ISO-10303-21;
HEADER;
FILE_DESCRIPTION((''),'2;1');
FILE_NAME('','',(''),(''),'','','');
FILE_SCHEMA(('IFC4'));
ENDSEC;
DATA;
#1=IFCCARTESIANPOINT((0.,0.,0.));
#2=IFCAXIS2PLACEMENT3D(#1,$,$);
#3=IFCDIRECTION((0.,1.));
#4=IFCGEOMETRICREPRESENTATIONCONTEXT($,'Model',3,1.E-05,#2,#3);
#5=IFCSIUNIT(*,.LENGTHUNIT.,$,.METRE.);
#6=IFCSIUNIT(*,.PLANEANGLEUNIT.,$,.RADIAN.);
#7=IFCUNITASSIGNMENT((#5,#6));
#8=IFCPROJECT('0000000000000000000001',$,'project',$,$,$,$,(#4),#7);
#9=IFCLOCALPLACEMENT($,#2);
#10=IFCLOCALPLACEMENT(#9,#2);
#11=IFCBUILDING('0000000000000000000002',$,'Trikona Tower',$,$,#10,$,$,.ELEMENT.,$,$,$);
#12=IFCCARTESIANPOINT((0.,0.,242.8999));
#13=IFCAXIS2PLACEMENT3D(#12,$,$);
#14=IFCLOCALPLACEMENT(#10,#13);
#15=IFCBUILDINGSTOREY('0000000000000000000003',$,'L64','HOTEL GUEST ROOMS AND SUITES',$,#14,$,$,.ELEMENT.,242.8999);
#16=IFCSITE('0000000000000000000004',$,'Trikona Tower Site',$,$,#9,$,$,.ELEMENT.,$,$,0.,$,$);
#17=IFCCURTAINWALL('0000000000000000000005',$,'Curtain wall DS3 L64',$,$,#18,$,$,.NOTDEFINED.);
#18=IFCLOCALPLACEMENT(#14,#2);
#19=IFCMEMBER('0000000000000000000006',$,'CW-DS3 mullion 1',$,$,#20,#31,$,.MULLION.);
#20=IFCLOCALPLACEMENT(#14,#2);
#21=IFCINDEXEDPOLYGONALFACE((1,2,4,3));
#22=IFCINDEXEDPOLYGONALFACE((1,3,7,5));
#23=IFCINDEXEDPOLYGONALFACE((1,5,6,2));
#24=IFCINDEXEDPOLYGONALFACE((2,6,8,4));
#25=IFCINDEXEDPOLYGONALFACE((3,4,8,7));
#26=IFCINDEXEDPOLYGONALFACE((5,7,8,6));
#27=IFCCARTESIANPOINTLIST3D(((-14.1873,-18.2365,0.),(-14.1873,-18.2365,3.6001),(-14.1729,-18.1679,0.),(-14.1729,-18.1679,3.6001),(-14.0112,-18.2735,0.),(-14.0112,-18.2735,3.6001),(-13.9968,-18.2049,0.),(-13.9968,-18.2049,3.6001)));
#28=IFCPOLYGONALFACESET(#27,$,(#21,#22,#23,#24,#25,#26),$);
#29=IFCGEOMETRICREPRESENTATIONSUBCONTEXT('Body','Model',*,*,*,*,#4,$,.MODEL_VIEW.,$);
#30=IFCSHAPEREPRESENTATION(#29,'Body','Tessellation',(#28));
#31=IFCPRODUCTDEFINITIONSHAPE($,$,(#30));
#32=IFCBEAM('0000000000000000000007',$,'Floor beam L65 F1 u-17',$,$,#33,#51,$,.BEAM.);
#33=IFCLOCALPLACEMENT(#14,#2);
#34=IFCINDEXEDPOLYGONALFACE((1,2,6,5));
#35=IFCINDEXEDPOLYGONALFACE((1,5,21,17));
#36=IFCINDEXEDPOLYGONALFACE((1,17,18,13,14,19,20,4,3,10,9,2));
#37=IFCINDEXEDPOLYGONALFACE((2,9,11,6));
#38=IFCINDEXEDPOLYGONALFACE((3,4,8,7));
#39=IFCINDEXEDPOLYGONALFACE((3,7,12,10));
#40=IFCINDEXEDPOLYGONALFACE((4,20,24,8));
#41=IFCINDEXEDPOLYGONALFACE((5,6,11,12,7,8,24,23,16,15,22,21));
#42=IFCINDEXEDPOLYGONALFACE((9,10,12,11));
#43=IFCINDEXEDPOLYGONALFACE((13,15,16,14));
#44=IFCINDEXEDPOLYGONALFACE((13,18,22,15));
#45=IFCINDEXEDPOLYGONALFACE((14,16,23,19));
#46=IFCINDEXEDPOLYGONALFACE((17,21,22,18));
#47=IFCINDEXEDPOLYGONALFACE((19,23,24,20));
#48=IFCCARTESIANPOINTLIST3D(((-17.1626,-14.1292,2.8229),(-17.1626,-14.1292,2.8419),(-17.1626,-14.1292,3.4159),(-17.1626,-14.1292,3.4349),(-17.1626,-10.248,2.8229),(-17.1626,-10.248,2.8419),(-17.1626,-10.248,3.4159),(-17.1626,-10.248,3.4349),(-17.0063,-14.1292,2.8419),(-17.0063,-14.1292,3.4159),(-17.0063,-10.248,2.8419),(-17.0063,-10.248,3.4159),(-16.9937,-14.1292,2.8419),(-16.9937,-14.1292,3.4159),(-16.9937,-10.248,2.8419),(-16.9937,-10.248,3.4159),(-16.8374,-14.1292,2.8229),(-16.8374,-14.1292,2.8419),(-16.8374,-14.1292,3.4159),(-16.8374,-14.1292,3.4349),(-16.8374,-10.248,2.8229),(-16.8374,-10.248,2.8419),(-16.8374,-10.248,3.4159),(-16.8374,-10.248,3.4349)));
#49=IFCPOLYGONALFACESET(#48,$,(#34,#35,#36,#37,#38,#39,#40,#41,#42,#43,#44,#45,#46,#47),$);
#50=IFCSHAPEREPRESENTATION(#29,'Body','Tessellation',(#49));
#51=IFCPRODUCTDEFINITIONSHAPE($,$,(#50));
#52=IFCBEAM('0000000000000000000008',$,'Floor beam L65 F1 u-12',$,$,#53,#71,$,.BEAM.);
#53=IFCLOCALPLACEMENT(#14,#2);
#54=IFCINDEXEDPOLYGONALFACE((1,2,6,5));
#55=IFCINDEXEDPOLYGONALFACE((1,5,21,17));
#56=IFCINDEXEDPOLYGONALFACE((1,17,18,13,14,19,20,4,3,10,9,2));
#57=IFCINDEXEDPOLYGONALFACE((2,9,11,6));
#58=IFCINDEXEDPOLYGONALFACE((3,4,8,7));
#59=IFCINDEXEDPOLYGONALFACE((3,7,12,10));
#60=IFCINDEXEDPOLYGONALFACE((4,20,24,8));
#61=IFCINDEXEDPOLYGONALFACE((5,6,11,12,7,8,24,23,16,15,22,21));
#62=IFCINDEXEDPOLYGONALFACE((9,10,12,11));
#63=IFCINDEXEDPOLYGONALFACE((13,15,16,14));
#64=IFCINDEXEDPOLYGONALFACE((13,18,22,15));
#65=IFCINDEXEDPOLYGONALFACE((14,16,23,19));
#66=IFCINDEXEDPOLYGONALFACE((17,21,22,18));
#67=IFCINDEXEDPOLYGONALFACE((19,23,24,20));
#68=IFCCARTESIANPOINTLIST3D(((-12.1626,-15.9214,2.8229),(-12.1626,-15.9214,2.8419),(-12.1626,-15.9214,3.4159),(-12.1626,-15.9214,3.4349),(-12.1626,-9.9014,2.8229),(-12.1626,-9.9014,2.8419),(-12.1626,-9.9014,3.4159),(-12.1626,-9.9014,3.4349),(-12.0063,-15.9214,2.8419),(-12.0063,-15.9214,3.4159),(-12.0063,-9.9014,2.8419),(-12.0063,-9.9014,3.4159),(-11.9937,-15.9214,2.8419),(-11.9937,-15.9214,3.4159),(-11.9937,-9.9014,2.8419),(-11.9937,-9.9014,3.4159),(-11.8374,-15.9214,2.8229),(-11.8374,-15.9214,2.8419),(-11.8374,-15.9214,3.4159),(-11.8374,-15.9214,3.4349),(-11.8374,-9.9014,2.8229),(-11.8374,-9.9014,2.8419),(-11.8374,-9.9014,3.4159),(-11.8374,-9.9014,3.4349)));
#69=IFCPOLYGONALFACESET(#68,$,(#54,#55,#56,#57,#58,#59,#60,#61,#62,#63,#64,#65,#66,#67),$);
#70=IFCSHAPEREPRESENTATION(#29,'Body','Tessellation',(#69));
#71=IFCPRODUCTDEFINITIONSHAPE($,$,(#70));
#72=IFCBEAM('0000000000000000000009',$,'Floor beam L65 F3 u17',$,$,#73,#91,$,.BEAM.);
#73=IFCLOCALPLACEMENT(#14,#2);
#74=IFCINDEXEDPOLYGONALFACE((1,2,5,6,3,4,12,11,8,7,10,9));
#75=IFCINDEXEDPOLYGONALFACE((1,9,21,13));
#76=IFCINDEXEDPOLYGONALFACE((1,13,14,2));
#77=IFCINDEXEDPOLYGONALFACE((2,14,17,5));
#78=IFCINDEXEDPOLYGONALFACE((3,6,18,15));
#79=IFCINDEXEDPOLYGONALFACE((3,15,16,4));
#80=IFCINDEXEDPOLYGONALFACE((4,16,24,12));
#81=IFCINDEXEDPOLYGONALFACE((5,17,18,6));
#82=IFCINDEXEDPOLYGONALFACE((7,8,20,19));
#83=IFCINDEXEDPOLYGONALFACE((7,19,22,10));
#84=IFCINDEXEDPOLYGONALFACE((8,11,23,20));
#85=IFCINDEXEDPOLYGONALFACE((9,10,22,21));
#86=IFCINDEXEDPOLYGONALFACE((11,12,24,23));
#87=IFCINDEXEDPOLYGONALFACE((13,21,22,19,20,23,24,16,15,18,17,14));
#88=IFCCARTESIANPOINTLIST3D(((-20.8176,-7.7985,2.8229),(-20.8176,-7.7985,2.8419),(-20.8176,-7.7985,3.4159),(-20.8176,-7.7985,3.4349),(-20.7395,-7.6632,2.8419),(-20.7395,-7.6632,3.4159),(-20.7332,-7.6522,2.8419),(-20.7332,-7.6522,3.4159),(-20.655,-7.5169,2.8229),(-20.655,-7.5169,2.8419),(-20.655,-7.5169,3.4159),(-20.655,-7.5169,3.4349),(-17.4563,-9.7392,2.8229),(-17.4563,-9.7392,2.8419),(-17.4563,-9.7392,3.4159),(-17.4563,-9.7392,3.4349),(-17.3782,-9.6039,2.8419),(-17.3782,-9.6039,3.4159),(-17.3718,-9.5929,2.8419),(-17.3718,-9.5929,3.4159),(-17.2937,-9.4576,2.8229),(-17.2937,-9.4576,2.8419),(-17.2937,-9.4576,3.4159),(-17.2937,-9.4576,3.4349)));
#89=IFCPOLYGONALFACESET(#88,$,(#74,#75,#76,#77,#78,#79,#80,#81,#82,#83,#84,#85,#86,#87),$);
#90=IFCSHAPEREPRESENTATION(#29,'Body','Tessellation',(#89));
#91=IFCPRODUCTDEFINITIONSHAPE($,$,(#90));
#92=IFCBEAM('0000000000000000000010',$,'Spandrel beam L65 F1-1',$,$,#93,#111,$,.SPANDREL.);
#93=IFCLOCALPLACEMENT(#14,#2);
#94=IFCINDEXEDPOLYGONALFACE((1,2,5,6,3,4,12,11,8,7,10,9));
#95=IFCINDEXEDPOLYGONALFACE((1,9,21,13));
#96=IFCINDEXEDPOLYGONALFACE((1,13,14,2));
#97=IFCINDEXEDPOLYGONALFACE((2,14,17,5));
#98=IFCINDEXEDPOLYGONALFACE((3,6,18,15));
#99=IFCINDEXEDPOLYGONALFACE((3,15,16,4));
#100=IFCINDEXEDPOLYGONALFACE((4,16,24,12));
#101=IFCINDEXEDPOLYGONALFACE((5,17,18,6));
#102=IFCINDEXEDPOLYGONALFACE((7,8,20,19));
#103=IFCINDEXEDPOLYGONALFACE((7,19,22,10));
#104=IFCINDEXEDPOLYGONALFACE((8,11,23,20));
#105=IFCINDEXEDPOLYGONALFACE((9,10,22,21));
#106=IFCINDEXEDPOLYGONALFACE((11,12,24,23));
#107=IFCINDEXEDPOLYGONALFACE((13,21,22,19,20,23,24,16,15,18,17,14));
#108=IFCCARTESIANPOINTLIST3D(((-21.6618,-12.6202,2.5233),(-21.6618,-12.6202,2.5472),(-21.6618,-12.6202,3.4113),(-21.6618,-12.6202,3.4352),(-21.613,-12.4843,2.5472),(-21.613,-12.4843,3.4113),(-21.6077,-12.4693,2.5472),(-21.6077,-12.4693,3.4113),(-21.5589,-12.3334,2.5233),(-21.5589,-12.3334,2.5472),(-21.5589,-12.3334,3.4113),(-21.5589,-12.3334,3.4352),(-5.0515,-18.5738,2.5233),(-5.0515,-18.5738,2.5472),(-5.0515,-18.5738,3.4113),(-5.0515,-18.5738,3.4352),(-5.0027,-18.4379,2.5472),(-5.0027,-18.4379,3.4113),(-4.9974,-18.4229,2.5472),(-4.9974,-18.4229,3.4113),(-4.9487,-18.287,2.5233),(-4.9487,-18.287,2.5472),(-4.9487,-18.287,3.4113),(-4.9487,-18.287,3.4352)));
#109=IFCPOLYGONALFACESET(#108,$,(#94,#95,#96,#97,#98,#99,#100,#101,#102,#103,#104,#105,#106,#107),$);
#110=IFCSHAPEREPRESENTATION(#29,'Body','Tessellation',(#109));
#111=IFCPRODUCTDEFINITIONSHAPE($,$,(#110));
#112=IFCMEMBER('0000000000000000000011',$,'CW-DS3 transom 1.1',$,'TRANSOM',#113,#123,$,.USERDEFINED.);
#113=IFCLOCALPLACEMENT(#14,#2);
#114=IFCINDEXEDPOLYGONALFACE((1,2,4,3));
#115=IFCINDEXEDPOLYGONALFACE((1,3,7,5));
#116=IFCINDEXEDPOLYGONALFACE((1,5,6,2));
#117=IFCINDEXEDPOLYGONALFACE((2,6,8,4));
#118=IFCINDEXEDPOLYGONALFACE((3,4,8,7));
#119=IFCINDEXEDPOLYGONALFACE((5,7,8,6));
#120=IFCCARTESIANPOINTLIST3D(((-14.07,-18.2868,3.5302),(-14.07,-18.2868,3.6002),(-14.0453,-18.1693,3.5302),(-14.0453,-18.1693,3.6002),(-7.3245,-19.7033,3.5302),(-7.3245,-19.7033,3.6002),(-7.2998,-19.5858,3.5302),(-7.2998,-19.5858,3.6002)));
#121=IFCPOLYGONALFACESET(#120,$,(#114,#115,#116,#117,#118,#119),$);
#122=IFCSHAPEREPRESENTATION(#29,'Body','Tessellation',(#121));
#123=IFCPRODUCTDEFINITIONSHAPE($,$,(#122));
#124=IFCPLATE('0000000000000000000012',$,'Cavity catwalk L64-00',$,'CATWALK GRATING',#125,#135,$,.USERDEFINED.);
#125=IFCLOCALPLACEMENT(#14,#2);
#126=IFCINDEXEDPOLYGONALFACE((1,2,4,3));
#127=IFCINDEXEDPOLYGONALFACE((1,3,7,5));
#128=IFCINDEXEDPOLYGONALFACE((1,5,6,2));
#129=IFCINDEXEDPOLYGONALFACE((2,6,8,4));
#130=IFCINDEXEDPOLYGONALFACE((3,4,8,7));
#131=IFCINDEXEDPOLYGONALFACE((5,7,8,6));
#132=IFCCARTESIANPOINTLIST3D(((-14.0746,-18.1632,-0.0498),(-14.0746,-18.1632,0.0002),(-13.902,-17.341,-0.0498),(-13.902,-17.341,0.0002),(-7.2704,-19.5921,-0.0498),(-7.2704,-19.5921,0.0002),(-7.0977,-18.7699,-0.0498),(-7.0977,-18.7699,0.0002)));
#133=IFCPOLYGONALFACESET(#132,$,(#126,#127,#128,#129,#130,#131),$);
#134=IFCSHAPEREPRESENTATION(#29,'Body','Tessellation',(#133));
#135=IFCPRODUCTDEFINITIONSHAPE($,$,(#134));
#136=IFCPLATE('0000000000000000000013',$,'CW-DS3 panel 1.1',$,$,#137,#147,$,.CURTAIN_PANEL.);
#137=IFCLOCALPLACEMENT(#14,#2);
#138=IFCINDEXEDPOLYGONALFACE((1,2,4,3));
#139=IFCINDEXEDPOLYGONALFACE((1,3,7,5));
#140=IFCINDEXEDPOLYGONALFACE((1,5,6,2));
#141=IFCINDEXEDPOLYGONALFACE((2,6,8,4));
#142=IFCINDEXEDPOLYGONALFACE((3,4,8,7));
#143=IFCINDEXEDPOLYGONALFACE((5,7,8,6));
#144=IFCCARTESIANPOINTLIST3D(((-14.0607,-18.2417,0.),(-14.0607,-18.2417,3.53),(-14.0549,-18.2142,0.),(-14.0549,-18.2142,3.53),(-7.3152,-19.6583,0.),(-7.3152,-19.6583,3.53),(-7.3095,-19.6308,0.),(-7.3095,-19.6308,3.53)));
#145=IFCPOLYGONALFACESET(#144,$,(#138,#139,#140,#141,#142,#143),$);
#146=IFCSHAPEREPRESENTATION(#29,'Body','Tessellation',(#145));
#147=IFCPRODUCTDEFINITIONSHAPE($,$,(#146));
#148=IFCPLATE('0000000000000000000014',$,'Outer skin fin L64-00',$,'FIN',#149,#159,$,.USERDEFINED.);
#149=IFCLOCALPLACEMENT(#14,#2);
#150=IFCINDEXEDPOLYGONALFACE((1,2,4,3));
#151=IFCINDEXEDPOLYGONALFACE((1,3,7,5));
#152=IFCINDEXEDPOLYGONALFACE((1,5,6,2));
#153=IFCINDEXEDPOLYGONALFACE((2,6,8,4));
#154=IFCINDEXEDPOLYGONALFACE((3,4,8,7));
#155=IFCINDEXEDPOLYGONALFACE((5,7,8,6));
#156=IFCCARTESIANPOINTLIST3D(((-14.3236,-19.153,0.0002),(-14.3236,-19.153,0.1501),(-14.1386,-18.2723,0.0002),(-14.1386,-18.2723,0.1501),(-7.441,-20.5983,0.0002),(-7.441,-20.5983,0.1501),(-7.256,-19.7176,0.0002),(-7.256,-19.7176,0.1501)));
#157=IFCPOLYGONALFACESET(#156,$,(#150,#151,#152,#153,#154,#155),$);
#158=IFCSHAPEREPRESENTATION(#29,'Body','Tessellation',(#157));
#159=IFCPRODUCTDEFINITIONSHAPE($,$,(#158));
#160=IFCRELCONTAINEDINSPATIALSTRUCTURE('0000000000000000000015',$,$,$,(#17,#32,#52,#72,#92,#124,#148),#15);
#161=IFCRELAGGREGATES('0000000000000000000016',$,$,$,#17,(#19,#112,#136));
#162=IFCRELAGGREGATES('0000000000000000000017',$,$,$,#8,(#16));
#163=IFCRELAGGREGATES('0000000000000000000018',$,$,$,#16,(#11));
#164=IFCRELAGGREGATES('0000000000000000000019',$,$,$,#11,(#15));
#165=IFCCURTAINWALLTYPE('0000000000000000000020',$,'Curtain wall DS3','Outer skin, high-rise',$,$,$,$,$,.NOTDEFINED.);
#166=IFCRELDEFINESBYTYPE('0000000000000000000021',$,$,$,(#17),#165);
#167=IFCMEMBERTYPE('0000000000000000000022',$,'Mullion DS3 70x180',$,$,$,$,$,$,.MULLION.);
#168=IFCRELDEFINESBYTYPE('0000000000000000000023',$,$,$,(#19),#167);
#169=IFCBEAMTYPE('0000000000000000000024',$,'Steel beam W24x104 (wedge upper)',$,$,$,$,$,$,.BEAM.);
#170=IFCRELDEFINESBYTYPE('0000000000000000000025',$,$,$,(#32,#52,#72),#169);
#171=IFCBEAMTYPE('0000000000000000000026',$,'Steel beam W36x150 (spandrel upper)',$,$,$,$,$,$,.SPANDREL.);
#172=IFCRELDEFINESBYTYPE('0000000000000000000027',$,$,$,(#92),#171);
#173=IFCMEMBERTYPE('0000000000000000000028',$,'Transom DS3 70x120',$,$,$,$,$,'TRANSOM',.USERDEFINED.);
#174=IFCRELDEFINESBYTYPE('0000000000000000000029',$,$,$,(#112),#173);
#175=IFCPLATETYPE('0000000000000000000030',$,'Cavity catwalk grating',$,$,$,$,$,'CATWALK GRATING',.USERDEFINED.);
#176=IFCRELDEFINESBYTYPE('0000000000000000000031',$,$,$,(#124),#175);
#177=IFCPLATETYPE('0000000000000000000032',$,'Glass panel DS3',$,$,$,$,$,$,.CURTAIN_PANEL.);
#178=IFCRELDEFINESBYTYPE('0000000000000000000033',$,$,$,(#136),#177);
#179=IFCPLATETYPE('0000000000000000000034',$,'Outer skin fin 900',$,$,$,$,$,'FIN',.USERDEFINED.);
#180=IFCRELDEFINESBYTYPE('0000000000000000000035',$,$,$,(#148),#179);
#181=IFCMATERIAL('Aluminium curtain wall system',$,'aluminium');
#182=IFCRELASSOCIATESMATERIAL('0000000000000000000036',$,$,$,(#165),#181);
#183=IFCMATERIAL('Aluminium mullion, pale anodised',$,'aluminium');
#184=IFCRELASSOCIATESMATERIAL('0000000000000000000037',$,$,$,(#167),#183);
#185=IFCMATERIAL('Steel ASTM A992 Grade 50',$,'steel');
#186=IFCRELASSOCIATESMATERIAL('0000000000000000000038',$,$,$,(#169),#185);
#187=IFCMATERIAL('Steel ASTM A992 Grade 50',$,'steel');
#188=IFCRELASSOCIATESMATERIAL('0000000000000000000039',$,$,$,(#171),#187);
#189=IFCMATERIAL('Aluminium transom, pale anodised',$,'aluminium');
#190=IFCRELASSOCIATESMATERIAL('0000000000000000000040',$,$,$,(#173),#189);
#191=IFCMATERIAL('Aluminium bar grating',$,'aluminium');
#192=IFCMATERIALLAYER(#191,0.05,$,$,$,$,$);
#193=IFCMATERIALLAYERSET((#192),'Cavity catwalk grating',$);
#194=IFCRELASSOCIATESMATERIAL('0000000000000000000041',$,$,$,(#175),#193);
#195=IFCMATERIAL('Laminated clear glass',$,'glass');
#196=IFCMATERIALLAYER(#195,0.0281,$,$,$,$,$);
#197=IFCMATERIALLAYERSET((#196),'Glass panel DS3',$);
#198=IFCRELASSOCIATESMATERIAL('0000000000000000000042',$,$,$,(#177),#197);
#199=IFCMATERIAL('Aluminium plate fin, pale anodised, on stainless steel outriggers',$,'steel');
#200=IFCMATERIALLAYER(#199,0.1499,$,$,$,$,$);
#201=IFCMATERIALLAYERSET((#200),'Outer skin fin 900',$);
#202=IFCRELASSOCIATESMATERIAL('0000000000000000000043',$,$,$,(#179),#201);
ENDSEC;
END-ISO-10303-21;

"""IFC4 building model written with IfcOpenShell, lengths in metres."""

from ifc_helpers import new_model, si_unit, direction, frame, origin, origin_2d, place, context, subcontext, project, spatial, rectangle, i_section, extrude, material, layer, layer_set, material_profile, profile_set, type_object, element, aggregate, save


model = new_model("IFC4")

# Units and contexts
model_context = context("Model", 3, precision=1e-05, world=origin(), true_north=direction((0.0, 1.0)))
body_context = subcontext(model_context, "Body", "Model", "MODEL_VIEW")
ifc_project = project(units=[si_unit("LENGTHUNIT", "METRE"), si_unit("PLANEANGLEUNIT", "RADIAN")], contexts=[model_context])

# Site, building, storey
site_placement = place(None, origin())
site = spatial("IfcSite", under=ifc_project, at=site_placement, Name="Trikona Tower Site", CompositionType="ELEMENT", RefElevation=0.0)
building_placement = place(site_placement, origin())
building = spatial("IfcBuilding", under=site, at=building_placement, Name="Trikona Tower", CompositionType="ELEMENT")
storey_placement = place(building_placement, frame((0.0, 0.0, 242.8999)))
storey = spatial("IfcBuildingStorey", under=building, at=storey_placement, Name="L64", Description="HOTEL GUEST ROOMS AND SUITES", CompositionType="ELEMENT", Elevation=242.8999)

# Curtain wall, member
ifc_material_1 = material(Name="Aluminium curtain wall system", Category="aluminium")
curtain_wall_type = type_object("IfcCurtainWallType", Name="Curtain wall DS3", Description="Outer skin, high-rise", PredefinedType="NOTDEFINED", material=ifc_material_1)
curtain_wall_placement = place(storey_placement, origin())
curtain_wall = element("IfcCurtainWall", 1, at=curtain_wall_placement, inside=storey, type_object=curtain_wall_type, Name="Curtain wall DS3 L64", PredefinedType="NOTDEFINED")
ifc_material_2 = material(Name="Aluminium mullion, pale anodised", Category="aluminium")
ifc_material_profile_1 = material_profile(ifc_material_2, rectangle(XDim=0.0701, YDim=0.1799, at=origin_2d()), Name="MUL-DS3")
ifc_profile_set_1 = profile_set([ifc_material_profile_1], Name="Aluminium mullion, pale anodised")
member_type_1 = type_object("IfcMemberType", Name="Mullion DS3 70x180", PredefinedType="MULLION", material=ifc_profile_set_1)
member_1_placement = place(storey_placement, frame((-14.092, -18.2207, 0.0), z_axis=(0.0, 0.0, 1.0), x_axis=(0.205527, 0.978651, 0.0)))
member_1 = element("IfcMember", 2, at=member_1_placement, type_object=member_type_1, Name="CW-DS3 mullion 1", PredefinedType="MULLION", context=body_context, shape_type="SweptSolid", body=[
    extrude(rectangle(XDim=0.0701, YDim=0.1799, at=origin_2d()), origin(), (0.0, 0.0, 1.0), 3.6001),
])

# Beams
ifc_material_3 = material(Name="Steel ASTM A992 Grade 50", Category="steel")
ifc_material_profile_2 = material_profile(ifc_material_3, i_section(OverallWidth=0.3252, OverallDepth=0.6121, WebThickness=0.0127, FlangeThickness=0.019, at=origin_2d()), Name="W24X104")
ifc_profile_set_2 = profile_set([ifc_material_profile_2], Name="Steel ASTM A992 Grade 50")
beam_type_1 = type_object("IfcBeamType", Name="Steel beam W24x104 (wedge upper)", PredefinedType="BEAM", material=ifc_profile_set_2)
beam_1_placement = place(storey_placement, frame((-17.0, -10.248, 3.1289), z_axis=(0.0, -1.0, 0.0), x_axis=(1.0, 0.0, 0.0)))
element("IfcBeam", 3, at=beam_1_placement, inside=storey, type_object=beam_type_1, Name="Floor beam L65 F1 u-17", PredefinedType="BEAM", context=body_context, shape_type="SweptSolid", body=[
    extrude(i_section(OverallWidth=0.3252, OverallDepth=0.6121, WebThickness=0.0127, FlangeThickness=0.019, at=origin_2d()), origin(), (0.0, 0.0, 1.0), 3.8811),
])
beam_2_placement = place(storey_placement, frame((-12.0, -9.9014, 3.1289), z_axis=(0.0, -1.0, 0.0), x_axis=(1.0, 0.0, 0.0)))
element("IfcBeam", 4, at=beam_2_placement, inside=storey, type_object=beam_type_1, Name="Floor beam L65 F1 u-12", PredefinedType="BEAM", context=body_context, shape_type="SweptSolid", body=[
    extrude(i_section(OverallWidth=0.3252, OverallDepth=0.6121, WebThickness=0.0127, FlangeThickness=0.019, at=origin_2d()), origin(), (0.0, 0.0, 1.0), 6.02),
])
beam_3_placement = place(storey_placement, frame((-17.375, -9.5984, 3.1289), z_axis=(-0.866024, 0.500002, 0.0), x_axis=(-0.500002, -0.866024, 0.0)))
element("IfcBeam", 5, at=beam_3_placement, inside=storey, type_object=beam_type_1, Name="Floor beam L65 F3 u17", PredefinedType="BEAM", context=body_context, shape_type="SweptSolid", body=[
    extrude(i_section(OverallWidth=0.3252, OverallDepth=0.6121, WebThickness=0.0127, FlangeThickness=0.019, at=origin_2d()), origin(), (0.0, 0.0, 1.0), 3.8813),
])
ifc_material_4 = material(Name="Steel ASTM A992 Grade 50", Category="steel")
ifc_material_profile_3 = material_profile(ifc_material_4, i_section(OverallWidth=0.3047, OverallDepth=0.9119, WebThickness=0.0159, FlangeThickness=0.0239, at=origin_2d()), Name="W36X150")
ifc_profile_set_3 = profile_set([ifc_material_profile_3], Name="Steel ASTM A992 Grade 50")
beam_type_2 = type_object("IfcBeamType", Name="Steel beam W36x150 (spandrel upper)", PredefinedType="SPANDREL", material=ifc_profile_set_3)
beam_4_placement = place(storey_placement, frame((-21.6104, -12.4768, 2.9792), z_axis=(0.941358, -0.337409, 0.0), x_axis=(0.337409, 0.941358, 0.0)))
element("IfcBeam", 6, at=beam_4_placement, inside=storey, type_object=beam_type_2, Name="Spandrel beam L65 F1-1", PredefinedType="SPANDREL", context=body_context, shape_type="SweptSolid", body=[
    extrude(i_section(OverallWidth=0.3047, OverallDepth=0.9119, WebThickness=0.0159, FlangeThickness=0.0239, at=origin_2d()), origin(), (0.0, 0.0, 1.0), 17.645),
])

# Member
ifc_material_5 = material(Name="Aluminium transom, pale anodised", Category="aluminium")
ifc_material_profile_4 = material_profile(ifc_material_5, rectangle(XDim=0.1201, YDim=0.0701, at=origin_2d()), Name="TRN-DS3")
ifc_profile_set_4 = profile_set([ifc_material_profile_4], Name="Aluminium transom, pale anodised")
member_type_2 = type_object("IfcMemberType", Name="Transom DS3 70x120", ElementType="TRANSOM", PredefinedType="USERDEFINED", material=ifc_profile_set_4)
member_2_placement = place(storey_placement, frame((-14.0576, -18.228, 3.5652), z_axis=(0.978654, -0.205514, 0.0), x_axis=(0.205514, 0.978654, 0.0)))
member_2 = element("IfcMember", 7, at=member_2_placement, type_object=member_type_2, Name="CW-DS3 transom 1.1", ObjectType="TRANSOM", PredefinedType="USERDEFINED", context=body_context, shape_type="SweptSolid", body=[
    extrude(rectangle(XDim=0.1201, YDim=0.0701, at=origin_2d()), origin(), (0.0, 0.0, 1.0), 6.8926),
])

# Plates
ifc_material_6 = material(Name="Aluminium bar grating", Category="aluminium")
ifc_layer_1 = layer(ifc_material_6, 0.05)
ifc_layer_set_1 = layer_set([ifc_layer_1], Name="Cavity catwalk grating")
plate_type_1 = type_object("IfcPlateType", Name="Cavity catwalk grating", ElementType="CATWALK GRATING", PredefinedType="USERDEFINED", material=ifc_layer_set_1)
plate_1_placement = place(storey_placement, frame((-10.5862, -18.4666, -0.0498), z_axis=(0.0, 0.0, 1.0), x_axis=(0.978653, -0.205518, 0.0)))
element("IfcPlate", 8, at=plate_1_placement, inside=storey, type_object=plate_type_1, Name="Cavity catwalk L64-00", ObjectType="CATWALK GRATING", PredefinedType="USERDEFINED", context=body_context, shape_type="SweptSolid", body=[
    extrude(rectangle(XDim=6.9526, YDim=0.8401, at=origin_2d()), origin(), (0.0, 0.0, 1.0), 0.05),
])
ifc_material_7 = material(Name="Laminated clear glass", Category="glass")
ifc_layer_2 = layer(ifc_material_7, 0.0281)
ifc_layer_set_2 = layer_set([ifc_layer_2], Name="Glass panel DS3")
plate_type_2 = type_object("IfcPlateType", Name="Glass panel DS3", PredefinedType="CURTAIN_PANEL", material=ifc_layer_set_2)
plate_2_placement = place(storey_placement, frame((-10.6851, -18.9363, 0.0), z_axis=(0.0, 0.0, 1.0), x_axis=(0.978651, -0.205527, 0.0)))
plate_2 = element("IfcPlate", 9, at=plate_2_placement, type_object=plate_type_2, Name="CW-DS3 panel 1.1", PredefinedType="CURTAIN_PANEL", context=body_context, shape_type="SweptSolid", body=[
    extrude(rectangle(XDim=6.8926, YDim=0.0281, at=origin_2d()), origin(), (0.0, 0.0, 1.0), 3.53),
])
aggregate(curtain_wall, [member_1, member_2, plate_2])
ifc_material_8 = material(Name="Aluminium plate fin, pale anodised, on stainless steel outriggers", Category="steel")
ifc_layer_3 = layer(ifc_material_8, 0.1499)
ifc_layer_set_3 = layer_set([ifc_layer_3], Name="Outer skin fin 900")
plate_type_3 = type_object("IfcPlateType", Name="Outer skin fin 900", ElementType="FIN", PredefinedType="USERDEFINED", material=ifc_layer_set_3)
plate_3_placement = place(storey_placement, frame((-10.7898, -19.4353, 0.0002), z_axis=(0.0, 0.0, 1.0), x_axis=(0.978653, -0.205518, 0.0)))
element("IfcPlate", 10, at=plate_3_placement, inside=storey, type_object=plate_type_3, Name="Outer skin fin L64-00", ObjectType="FIN", PredefinedType="USERDEFINED", context=body_context, shape_type="SweptSolid", body=[
    extrude(rectangle(XDim=7.0327, YDim=0.8999, at=origin_2d()), origin(), (0.0, 0.0, 1.0), 0.1499),
])

save(model, "model.ifc")
